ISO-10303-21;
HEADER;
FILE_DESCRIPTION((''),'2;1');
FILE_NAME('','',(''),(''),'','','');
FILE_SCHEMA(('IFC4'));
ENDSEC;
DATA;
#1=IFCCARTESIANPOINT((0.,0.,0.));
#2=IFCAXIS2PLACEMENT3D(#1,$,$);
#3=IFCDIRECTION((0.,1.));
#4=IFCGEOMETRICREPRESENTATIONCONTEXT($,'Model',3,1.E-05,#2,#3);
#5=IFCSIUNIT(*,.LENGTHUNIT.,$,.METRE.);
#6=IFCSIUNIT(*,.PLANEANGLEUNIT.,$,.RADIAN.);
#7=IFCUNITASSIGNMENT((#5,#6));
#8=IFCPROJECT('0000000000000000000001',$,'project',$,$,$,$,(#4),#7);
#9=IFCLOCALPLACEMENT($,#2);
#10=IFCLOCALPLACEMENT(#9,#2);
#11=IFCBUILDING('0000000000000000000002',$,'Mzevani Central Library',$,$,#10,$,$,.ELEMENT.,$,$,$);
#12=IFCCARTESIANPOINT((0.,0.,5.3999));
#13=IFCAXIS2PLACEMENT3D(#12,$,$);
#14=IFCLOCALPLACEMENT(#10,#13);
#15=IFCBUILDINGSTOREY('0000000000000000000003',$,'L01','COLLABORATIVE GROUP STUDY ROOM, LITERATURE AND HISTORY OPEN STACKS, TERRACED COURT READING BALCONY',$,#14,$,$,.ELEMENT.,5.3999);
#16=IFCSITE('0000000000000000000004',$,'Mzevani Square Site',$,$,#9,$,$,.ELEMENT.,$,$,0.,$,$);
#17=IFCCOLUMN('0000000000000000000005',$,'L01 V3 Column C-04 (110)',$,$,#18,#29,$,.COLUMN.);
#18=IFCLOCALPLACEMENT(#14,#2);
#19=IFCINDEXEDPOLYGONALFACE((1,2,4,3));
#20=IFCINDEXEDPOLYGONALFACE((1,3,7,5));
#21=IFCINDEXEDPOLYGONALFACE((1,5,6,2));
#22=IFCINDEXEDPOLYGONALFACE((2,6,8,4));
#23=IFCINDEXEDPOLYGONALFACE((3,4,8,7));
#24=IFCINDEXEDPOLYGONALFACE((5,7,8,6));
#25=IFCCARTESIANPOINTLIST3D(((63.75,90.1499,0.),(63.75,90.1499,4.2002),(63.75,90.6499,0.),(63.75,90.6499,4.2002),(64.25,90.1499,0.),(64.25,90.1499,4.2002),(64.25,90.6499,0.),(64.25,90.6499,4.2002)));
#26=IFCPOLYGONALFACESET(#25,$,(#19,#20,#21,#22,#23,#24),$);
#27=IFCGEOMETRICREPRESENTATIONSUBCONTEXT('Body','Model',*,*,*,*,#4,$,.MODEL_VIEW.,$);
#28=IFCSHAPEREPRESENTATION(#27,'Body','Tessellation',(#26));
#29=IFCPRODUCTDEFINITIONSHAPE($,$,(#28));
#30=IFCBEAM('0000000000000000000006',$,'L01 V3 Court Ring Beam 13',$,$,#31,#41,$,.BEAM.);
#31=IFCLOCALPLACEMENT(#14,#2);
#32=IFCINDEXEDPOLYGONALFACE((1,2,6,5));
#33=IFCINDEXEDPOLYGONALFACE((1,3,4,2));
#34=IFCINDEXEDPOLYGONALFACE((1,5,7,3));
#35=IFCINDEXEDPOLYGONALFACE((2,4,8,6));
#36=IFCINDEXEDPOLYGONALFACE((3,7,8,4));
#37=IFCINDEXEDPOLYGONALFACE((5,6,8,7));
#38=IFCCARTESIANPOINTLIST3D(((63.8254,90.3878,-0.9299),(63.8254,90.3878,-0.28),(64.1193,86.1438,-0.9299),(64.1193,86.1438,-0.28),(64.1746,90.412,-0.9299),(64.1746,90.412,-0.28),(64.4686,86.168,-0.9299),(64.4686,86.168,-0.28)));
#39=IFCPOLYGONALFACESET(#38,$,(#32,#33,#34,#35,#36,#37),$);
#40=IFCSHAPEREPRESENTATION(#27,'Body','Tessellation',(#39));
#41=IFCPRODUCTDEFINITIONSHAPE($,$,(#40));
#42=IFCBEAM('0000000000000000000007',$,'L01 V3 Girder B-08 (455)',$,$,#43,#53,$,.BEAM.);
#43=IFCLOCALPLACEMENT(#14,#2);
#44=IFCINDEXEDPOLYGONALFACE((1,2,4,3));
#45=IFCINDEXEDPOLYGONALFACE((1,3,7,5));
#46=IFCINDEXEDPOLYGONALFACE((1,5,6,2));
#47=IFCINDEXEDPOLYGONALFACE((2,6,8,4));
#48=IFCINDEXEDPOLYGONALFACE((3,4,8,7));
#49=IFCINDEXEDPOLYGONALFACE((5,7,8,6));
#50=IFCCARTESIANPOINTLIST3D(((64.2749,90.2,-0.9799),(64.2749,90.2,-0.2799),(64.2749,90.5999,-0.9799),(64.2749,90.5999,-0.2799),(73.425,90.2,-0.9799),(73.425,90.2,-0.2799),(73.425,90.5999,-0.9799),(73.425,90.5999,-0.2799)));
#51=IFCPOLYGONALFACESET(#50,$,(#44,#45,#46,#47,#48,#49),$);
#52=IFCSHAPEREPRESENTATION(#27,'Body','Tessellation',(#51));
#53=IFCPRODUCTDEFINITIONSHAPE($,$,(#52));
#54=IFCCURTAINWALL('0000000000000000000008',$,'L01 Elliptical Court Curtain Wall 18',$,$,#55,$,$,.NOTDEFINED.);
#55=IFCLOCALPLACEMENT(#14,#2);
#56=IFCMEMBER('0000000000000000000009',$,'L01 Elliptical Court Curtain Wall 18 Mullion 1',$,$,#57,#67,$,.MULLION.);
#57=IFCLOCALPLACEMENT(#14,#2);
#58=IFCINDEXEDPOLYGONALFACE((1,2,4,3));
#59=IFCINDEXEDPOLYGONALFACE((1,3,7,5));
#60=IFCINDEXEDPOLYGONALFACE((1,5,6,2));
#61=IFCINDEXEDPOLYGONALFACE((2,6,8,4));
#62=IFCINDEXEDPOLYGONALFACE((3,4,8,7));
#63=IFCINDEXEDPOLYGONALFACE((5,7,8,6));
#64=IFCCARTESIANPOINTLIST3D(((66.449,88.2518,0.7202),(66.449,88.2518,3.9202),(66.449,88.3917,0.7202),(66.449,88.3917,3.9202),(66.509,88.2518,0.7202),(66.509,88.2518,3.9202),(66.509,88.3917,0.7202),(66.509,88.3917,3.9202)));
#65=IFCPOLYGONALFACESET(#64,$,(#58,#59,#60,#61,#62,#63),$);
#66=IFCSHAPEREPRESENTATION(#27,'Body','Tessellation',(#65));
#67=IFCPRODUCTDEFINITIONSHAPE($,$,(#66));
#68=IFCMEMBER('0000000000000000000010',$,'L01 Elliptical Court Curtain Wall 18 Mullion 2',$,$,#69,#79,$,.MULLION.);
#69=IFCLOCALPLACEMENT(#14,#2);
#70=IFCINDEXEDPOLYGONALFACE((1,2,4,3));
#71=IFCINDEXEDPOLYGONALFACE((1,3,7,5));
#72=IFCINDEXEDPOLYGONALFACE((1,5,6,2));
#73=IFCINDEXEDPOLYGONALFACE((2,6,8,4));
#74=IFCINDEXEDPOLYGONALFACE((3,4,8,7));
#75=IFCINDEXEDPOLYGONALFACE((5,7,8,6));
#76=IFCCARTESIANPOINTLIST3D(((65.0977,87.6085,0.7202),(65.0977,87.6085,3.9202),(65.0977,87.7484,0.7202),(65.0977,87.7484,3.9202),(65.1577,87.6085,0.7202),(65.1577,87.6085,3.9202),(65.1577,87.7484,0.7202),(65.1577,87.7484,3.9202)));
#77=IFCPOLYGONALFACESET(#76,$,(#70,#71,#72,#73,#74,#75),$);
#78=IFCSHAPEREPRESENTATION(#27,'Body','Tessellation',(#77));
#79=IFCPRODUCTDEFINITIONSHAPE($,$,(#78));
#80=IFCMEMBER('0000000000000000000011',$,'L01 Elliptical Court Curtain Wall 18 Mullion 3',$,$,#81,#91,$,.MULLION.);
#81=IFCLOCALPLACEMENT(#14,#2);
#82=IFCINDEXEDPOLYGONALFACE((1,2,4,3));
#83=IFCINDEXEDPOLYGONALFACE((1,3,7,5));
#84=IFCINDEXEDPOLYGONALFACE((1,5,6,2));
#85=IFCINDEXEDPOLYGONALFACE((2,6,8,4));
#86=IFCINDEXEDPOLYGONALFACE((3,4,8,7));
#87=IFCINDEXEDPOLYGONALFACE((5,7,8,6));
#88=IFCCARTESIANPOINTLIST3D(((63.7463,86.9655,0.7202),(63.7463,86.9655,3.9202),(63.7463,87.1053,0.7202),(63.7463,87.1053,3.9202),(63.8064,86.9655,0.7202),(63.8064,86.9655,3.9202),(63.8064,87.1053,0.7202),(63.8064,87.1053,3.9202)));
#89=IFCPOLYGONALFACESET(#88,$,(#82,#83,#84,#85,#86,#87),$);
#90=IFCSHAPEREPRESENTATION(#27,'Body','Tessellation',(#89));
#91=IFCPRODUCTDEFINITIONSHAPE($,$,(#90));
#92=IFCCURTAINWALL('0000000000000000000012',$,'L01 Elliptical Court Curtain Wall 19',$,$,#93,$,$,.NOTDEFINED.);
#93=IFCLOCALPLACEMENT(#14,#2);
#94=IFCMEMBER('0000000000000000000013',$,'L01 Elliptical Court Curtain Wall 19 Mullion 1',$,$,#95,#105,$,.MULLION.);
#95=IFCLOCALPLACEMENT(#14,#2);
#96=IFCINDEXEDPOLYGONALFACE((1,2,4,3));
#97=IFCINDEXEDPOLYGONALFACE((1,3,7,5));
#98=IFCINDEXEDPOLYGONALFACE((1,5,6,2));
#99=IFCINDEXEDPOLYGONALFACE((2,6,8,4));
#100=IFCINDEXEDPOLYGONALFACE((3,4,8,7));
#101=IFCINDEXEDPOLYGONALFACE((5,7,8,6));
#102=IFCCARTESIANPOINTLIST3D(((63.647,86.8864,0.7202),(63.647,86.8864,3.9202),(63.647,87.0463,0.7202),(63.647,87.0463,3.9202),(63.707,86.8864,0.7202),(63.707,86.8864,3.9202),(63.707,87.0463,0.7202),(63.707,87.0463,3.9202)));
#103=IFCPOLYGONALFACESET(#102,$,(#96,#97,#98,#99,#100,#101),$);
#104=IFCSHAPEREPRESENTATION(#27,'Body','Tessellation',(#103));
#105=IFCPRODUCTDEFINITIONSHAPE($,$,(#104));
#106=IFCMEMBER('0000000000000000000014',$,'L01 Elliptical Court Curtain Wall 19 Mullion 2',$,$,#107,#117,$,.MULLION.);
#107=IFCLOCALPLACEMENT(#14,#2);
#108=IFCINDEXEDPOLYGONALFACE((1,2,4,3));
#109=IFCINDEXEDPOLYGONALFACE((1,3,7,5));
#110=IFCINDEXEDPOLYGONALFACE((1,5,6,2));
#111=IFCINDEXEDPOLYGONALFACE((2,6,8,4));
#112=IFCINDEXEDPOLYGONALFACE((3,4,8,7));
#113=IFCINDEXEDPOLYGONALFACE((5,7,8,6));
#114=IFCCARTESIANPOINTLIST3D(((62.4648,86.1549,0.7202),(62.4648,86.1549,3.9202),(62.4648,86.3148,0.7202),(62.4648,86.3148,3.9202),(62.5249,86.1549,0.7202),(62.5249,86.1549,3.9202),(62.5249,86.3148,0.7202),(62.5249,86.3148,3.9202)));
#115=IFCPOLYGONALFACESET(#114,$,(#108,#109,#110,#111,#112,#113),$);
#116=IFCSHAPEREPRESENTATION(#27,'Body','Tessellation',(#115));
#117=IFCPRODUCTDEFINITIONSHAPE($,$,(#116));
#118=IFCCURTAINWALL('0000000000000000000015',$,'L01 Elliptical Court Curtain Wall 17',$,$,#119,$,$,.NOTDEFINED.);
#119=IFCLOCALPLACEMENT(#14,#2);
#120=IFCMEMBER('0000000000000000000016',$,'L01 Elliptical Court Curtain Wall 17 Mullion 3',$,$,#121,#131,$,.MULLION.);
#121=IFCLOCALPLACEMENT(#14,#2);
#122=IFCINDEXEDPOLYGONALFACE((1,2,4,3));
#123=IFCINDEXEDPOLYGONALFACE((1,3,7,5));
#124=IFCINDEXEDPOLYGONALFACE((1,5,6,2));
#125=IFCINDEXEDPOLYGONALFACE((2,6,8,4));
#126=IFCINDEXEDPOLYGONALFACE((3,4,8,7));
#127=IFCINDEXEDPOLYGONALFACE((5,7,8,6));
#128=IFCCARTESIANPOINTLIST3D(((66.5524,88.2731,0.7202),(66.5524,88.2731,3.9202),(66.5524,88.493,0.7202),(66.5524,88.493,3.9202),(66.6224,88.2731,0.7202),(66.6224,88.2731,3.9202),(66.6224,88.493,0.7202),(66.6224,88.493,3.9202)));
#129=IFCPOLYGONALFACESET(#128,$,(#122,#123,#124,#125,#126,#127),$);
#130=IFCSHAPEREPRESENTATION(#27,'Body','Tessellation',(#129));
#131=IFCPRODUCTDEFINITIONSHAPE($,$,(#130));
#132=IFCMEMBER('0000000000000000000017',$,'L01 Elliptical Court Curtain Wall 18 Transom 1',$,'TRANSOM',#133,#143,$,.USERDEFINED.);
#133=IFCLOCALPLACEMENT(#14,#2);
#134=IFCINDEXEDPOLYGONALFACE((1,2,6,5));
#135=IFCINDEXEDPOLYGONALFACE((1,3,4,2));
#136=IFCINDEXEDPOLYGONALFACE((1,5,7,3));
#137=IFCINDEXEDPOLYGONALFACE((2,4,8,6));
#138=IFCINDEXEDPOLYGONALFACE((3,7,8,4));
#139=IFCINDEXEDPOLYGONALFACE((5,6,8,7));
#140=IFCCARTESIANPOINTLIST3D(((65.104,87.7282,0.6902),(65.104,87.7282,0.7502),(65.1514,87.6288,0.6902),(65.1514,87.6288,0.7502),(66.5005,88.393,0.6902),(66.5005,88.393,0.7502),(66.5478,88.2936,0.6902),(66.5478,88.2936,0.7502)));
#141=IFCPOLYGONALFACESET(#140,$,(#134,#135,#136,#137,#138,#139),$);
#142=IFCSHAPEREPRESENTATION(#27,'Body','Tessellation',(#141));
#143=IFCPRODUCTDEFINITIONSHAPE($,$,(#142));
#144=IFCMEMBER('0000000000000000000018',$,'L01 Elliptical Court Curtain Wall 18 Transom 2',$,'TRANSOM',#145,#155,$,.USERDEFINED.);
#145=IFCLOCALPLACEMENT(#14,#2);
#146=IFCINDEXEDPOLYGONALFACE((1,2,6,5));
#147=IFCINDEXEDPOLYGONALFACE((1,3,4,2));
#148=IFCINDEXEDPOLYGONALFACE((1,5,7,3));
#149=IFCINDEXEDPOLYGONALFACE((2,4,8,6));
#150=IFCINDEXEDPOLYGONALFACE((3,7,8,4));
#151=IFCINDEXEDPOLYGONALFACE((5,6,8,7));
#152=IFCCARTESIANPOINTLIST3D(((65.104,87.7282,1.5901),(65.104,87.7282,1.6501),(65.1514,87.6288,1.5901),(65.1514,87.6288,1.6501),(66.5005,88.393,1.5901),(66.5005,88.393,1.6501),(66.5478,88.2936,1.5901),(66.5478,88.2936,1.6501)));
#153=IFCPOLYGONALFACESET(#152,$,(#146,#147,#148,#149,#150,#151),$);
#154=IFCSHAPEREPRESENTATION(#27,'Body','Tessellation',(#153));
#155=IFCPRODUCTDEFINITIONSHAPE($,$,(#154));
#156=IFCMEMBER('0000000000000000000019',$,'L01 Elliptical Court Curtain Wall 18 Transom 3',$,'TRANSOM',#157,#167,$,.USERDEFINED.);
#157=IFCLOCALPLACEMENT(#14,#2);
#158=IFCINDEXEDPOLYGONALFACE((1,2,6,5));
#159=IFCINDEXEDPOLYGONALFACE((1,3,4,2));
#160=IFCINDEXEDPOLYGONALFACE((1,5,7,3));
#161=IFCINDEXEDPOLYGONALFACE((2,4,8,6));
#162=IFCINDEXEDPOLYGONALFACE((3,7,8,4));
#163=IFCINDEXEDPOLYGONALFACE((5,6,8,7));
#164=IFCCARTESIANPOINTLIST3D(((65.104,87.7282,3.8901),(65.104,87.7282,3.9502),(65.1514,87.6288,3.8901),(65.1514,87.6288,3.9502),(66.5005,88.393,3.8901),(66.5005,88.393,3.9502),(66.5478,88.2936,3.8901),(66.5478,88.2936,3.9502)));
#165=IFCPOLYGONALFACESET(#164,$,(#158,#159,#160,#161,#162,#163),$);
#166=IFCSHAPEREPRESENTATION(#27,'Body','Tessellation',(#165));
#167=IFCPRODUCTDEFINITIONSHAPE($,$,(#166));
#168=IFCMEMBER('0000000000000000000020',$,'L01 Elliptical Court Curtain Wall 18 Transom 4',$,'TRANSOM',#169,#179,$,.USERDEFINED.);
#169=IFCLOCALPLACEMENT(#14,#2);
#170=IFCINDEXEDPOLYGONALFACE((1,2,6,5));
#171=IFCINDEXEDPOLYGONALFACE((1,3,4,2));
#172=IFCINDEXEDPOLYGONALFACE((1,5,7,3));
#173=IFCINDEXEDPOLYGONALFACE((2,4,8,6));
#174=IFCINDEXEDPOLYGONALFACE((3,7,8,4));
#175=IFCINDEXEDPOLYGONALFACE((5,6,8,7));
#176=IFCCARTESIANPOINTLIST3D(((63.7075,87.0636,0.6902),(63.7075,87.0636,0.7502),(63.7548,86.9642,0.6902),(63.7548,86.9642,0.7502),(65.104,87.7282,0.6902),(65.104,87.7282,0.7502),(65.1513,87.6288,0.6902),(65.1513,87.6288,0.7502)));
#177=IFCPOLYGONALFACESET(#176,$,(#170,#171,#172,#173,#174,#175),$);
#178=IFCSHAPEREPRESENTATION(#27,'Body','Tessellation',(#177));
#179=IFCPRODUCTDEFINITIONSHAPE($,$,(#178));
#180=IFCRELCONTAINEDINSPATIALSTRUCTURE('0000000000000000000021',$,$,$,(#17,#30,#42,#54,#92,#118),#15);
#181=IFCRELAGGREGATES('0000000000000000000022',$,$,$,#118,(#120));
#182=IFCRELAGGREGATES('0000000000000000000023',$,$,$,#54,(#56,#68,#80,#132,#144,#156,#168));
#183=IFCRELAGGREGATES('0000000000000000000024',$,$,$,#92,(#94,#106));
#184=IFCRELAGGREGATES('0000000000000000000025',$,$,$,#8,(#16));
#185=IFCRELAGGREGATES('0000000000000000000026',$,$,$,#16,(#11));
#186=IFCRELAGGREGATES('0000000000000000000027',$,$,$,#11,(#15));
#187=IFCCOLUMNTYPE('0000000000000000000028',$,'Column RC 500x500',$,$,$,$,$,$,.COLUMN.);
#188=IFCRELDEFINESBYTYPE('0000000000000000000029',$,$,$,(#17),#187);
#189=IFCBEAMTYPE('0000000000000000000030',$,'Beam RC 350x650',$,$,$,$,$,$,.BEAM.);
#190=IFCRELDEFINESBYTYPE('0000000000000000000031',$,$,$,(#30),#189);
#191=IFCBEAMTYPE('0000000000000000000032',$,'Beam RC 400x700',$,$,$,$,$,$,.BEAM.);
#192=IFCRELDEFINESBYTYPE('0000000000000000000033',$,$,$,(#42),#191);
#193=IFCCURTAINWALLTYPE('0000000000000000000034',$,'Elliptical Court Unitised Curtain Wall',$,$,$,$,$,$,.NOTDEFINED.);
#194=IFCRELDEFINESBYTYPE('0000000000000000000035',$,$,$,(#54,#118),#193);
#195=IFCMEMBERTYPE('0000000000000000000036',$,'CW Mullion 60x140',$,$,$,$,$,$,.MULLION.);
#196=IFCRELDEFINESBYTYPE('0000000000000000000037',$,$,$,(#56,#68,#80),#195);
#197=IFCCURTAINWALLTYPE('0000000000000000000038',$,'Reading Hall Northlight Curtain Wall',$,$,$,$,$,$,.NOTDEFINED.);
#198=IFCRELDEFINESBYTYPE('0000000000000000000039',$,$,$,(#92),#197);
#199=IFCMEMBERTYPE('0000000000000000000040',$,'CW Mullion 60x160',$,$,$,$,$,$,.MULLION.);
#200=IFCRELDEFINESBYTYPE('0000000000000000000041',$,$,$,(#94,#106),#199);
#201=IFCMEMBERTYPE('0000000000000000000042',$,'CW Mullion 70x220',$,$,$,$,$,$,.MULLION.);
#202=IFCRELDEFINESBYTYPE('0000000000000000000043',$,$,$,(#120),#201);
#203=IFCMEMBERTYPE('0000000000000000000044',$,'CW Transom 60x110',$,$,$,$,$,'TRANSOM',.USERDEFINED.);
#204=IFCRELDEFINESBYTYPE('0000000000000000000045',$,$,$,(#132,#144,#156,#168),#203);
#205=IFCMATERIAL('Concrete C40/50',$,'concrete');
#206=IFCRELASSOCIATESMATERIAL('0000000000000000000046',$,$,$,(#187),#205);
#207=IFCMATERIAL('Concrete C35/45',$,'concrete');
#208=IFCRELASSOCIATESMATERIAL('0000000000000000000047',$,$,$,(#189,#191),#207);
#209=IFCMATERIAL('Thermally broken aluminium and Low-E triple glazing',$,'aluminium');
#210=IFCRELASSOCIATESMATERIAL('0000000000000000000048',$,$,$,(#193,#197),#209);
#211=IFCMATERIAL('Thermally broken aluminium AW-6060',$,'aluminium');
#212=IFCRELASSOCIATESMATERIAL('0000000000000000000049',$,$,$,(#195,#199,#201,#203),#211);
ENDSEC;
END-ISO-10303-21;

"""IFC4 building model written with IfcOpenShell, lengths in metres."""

from ifc_helpers import new_model, si_unit, direction, frame, origin, origin_2d, place, context, subcontext, project, spatial, rectangle, extrude, material, material_profile, profile_set, type_object, element, aggregate, save


model = new_model("IFC4")

# Units and contexts
model_context = context("Model", 3, precision=1e-05, world=origin(), true_north=direction((0.0, 1.0)))
body_context = subcontext(model_context, "Body", "Model", "MODEL_VIEW")
ifc_project = project(units=[si_unit("LENGTHUNIT", "METRE"), si_unit("PLANEANGLEUNIT", "RADIAN")], contexts=[model_context])

# Site, building, storey
site_placement = place(None, origin())
site = spatial("IfcSite", under=ifc_project, at=site_placement, Name="Mzevani Square Site", CompositionType="ELEMENT", RefElevation=0.0)
building_placement = place(site_placement, origin())
building = spatial("IfcBuilding", under=site, at=building_placement, Name="Mzevani Central Library", CompositionType="ELEMENT")
storey_placement = place(building_placement, frame((0.0, 0.0, 5.3999)))
storey = spatial("IfcBuildingStorey", under=building, at=storey_placement, Name="L01", Description="COLLABORATIVE GROUP STUDY ROOM, LITERATURE AND HISTORY OPEN STACKS, TERRACED COURT READING BALCONY", CompositionType="ELEMENT", Elevation=5.3999)

# Column
ifc_material_1 = material(Name="Concrete C40/50", Category="concrete")
ifc_material_profile_1 = material_profile(ifc_material_1, rectangle(XDim=0.5, YDim=0.5, at=origin_2d()), Name="RC 500x500")
ifc_profile_set_1 = profile_set([ifc_material_profile_1], Name="Concrete C40/50")
column_type = type_object("IfcColumnType", Name="Column RC 500x500", PredefinedType="COLUMN", material=ifc_profile_set_1)
column_placement = place(storey_placement, frame((64.0, 90.3999, 0.0), z_axis=(0.0, 0.0, 1.0), x_axis=(1.0, 0.0, 0.0)))
element("IfcColumn", 1, at=column_placement, inside=storey, type_object=column_type, Name="L01 V3 Column C-04 (110)", PredefinedType="COLUMN", context=body_context, shape_type="SweptSolid", body=[
    extrude(rectangle(XDim=0.5, YDim=0.5, at=origin_2d()), origin(), (0.0, 0.0, 1.0), 4.2002),
])

# Beams
ifc_material_2 = material(Name="Concrete C35/45", Category="concrete")
ifc_material_profile_2 = material_profile(ifc_material_2, rectangle(XDim=0.3501, YDim=0.6499, at=origin_2d()), Name="RC B350x650")
ifc_profile_set_2 = profile_set([ifc_material_profile_2], Name="Concrete C35/45")
beam_type_1 = type_object("IfcBeamType", Name="Beam RC 350x650", PredefinedType="BEAM", material=ifc_profile_set_2)
beam_1_placement = place(storey_placement, frame((64.0, 90.3999, -0.605), z_axis=(0.069098, -0.99761, 0.0), x_axis=(0.99761, 0.069098, 0.0)))
element("IfcBeam", 2, at=beam_1_placement, inside=storey, type_object=beam_type_1, Name="L01 V3 Court Ring Beam 13", PredefinedType="BEAM", context=body_context, shape_type="SweptSolid", body=[
    extrude(rectangle(XDim=0.3501, YDim=0.6499, at=origin_2d()), origin(), (0.0, 0.0, 1.0), 4.2542),
])
ifc_material_profile_3 = material_profile(ifc_material_2, rectangle(XDim=0.3999, YDim=0.7, at=origin_2d()), Name="RC B400x700")
ifc_profile_set_3 = profile_set([ifc_material_profile_3], Name="Concrete C35/45")
beam_type_2 = type_object("IfcBeamType", Name="Beam RC 400x700", PredefinedType="BEAM", material=ifc_profile_set_3)
beam_2_placement = place(storey_placement, frame((64.2749, 90.3999, -0.6299), z_axis=(1.0, 0.0, 0.0), x_axis=(0.0, 1.0, 0.0)))
element("IfcBeam", 3, at=beam_2_placement, inside=storey, type_object=beam_type_2, Name="L01 V3 Girder B-08 (455)", PredefinedType="BEAM", context=body_context, shape_type="SweptSolid", body=[
    extrude(rectangle(XDim=0.3999, YDim=0.7, at=origin_2d()), origin(), (0.0, 0.0, 1.0), 9.1501),
])

# Curtain walls, members
ifc_material_3 = material(Name="Thermally broken aluminium and Low-E triple glazing", Category="aluminium")
curtain_wall_type_1 = type_object("IfcCurtainWallType", Name="Elliptical Court Unitised Curtain Wall", PredefinedType="NOTDEFINED", material=ifc_material_3)
curtain_wall_1_placement = place(storey_placement, origin())
curtain_wall_1 = element("IfcCurtainWall", 4, at=curtain_wall_1_placement, inside=storey, type_object=curtain_wall_type_1, Name="L01 Elliptical Court Curtain Wall 18", PredefinedType="NOTDEFINED")
ifc_material_4 = material(Name="Thermally broken aluminium AW-6060", Category="aluminium")
ifc_material_profile_4 = material_profile(ifc_material_4, rectangle(XDim=0.0601, YDim=0.1399, at=origin_2d()), Name="ALU M60x140")
ifc_profile_set_4 = profile_set([ifc_material_profile_4], Name="Thermally broken aluminium AW-6060")
member_type_1 = type_object("IfcMemberType", Name="CW Mullion 60x140", PredefinedType="MULLION", material=ifc_profile_set_4)
member_1_placement = place(storey_placement, frame((66.479, 88.3218, 0.7202), z_axis=(0.0, 0.0, 1.0), x_axis=(1.0, 0.0, 0.0)))
member_1 = element("IfcMember", 5, at=member_1_placement, type_object=member_type_1, Name="L01 Elliptical Court Curtain Wall 18 Mullion 1", PredefinedType="MULLION", context=body_context, shape_type="SweptSolid", body=[
    extrude(rectangle(XDim=0.0601, YDim=0.1399, at=origin_2d()), origin(), (0.0, 0.0, 1.0), 3.2),
])
member_2_placement = place(storey_placement, frame((65.1277, 87.6785, 0.7202), z_axis=(0.0, 0.0, 1.0), x_axis=(1.0, 0.0, 0.0)))
member_2 = element("IfcMember", 6, at=member_2_placement, type_object=member_type_1, Name="L01 Elliptical Court Curtain Wall 18 Mullion 2", PredefinedType="MULLION", context=body_context, shape_type="SweptSolid", body=[
    extrude(rectangle(XDim=0.0601, YDim=0.1399, at=origin_2d()), origin(), (0.0, 0.0, 1.0), 3.2),
])
member_3_placement = place(storey_placement, frame((63.7764, 87.0354, 0.7202), z_axis=(0.0, 0.0, 1.0), x_axis=(1.0, 0.0, 0.0)))
member_3 = element("IfcMember", 7, at=member_3_placement, type_object=member_type_1, Name="L01 Elliptical Court Curtain Wall 18 Mullion 3", PredefinedType="MULLION", context=body_context, shape_type="SweptSolid", body=[
    extrude(rectangle(XDim=0.0601, YDim=0.1399, at=origin_2d()), origin(), (0.0, 0.0, 1.0), 3.2),
])
curtain_wall_type_2 = type_object("IfcCurtainWallType", Name="Reading Hall Northlight Curtain Wall", PredefinedType="NOTDEFINED", material=ifc_material_3)
curtain_wall_2_placement = place(storey_placement, origin())
curtain_wall_2 = element("IfcCurtainWall", 8, at=curtain_wall_2_placement, inside=storey, type_object=curtain_wall_type_2, Name="L01 Elliptical Court Curtain Wall 19", PredefinedType="NOTDEFINED")
ifc_material_profile_5 = material_profile(ifc_material_4, rectangle(XDim=0.0601, YDim=0.1599, at=origin_2d()), Name="ALU M60x160")
ifc_profile_set_5 = profile_set([ifc_material_profile_5], Name="Thermally broken aluminium AW-6060")
member_type_2 = type_object("IfcMemberType", Name="CW Mullion 60x160", PredefinedType="MULLION", material=ifc_profile_set_5)
member_4_placement = place(storey_placement, frame((63.677, 86.9663, 0.7202), z_axis=(0.0, 0.0, 1.0), x_axis=(1.0, 0.0, 0.0)))
member_4 = element("IfcMember", 9, at=member_4_placement, type_object=member_type_2, Name="L01 Elliptical Court Curtain Wall 19 Mullion 1", PredefinedType="MULLION", context=body_context, shape_type="SweptSolid", body=[
    extrude(rectangle(XDim=0.0601, YDim=0.1599, at=origin_2d()), origin(), (0.0, 0.0, 1.0), 3.2),
])
member_5_placement = place(storey_placement, frame((62.4949, 86.2349, 0.7202), z_axis=(0.0, 0.0, 1.0), x_axis=(1.0, 0.0, 0.0)))
member_5 = element("IfcMember", 10, at=member_5_placement, type_object=member_type_2, Name="L01 Elliptical Court Curtain Wall 19 Mullion 2", PredefinedType="MULLION", context=body_context, shape_type="SweptSolid", body=[
    extrude(rectangle(XDim=0.0601, YDim=0.1599, at=origin_2d()), origin(), (0.0, 0.0, 1.0), 3.2),
])

# Curtain wall, member
curtain_wall_3_placement = place(storey_placement, origin())
curtain_wall_3 = element("IfcCurtainWall", 11, at=curtain_wall_3_placement, inside=storey, type_object=curtain_wall_type_1, Name="L01 Elliptical Court Curtain Wall 17", PredefinedType="NOTDEFINED")
ifc_material_profile_6 = material_profile(ifc_material_4, rectangle(XDim=0.0701, YDim=0.22, at=origin_2d()), Name="ALU M70x220")
ifc_profile_set_6 = profile_set([ifc_material_profile_6], Name="Thermally broken aluminium AW-6060")
member_type_3 = type_object("IfcMemberType", Name="CW Mullion 70x220", PredefinedType="MULLION", material=ifc_profile_set_6)
member_6_placement = place(storey_placement, frame((66.5874, 88.3831, 0.7202), z_axis=(0.0, 0.0, 1.0), x_axis=(1.0, 0.0, 0.0)))
member_6 = element("IfcMember", 12, at=member_6_placement, type_object=member_type_3, Name="L01 Elliptical Court Curtain Wall 17 Mullion 3", PredefinedType="MULLION", context=body_context, shape_type="SweptSolid", body=[
    extrude(rectangle(XDim=0.0701, YDim=0.22, at=origin_2d()), origin(), (0.0, 0.0, 1.0), 3.2),
])

# Members
ifc_material_profile_7 = material_profile(ifc_material_4, rectangle(XDim=0.1101, YDim=0.0601, at=origin_2d()), Name="ALU T60x110")
ifc_profile_set_7 = profile_set([ifc_material_profile_7], Name="Thermally broken aluminium AW-6060")
member_type_4 = type_object("IfcMemberType", Name="CW Transom 60x110", ElementType="TRANSOM", PredefinedType="USERDEFINED", material=ifc_profile_set_7)
member_7_placement = place(storey_placement, frame((66.5242, 88.3433, 0.7202), z_axis=(-0.90291, -0.429829, 0.0), x_axis=(0.429829, -0.90291, 0.0)))
member_7 = element("IfcMember", 13, at=member_7_placement, type_object=member_type_4, Name="L01 Elliptical Court Curtain Wall 18 Transom 1", ObjectType="TRANSOM", PredefinedType="USERDEFINED", context=body_context, shape_type="SweptSolid", body=[
    extrude(rectangle(XDim=0.1101, YDim=0.0601, at=origin_2d()), origin(), (0.0, 0.0, 1.0), 1.5466),
])
member_8_placement = place(storey_placement, frame((66.5242, 88.3433, 1.6201), z_axis=(-0.90291, -0.429829, 0.0), x_axis=(0.429829, -0.90291, 0.0)))
member_8 = element("IfcMember", 14, at=member_8_placement, type_object=member_type_4, Name="L01 Elliptical Court Curtain Wall 18 Transom 2", ObjectType="TRANSOM", PredefinedType="USERDEFINED", context=body_context, shape_type="SweptSolid", body=[
    extrude(rectangle(XDim=0.1101, YDim=0.0601, at=origin_2d()), origin(), (0.0, 0.0, 1.0), 1.5466),
])
member_9_placement = place(storey_placement, frame((66.5242, 88.3433, 3.9202), z_axis=(-0.90291, -0.429829, 0.0), x_axis=(0.429829, -0.90291, 0.0)))
member_9 = element("IfcMember", 15, at=member_9_placement, type_object=member_type_4, Name="L01 Elliptical Court Curtain Wall 18 Transom 3", ObjectType="TRANSOM", PredefinedType="USERDEFINED", context=body_context, shape_type="SweptSolid", body=[
    extrude(rectangle(XDim=0.1101, YDim=0.0601, at=origin_2d()), origin(), (0.0, 0.0, 1.0), 1.5466),
])
member_10_placement = place(storey_placement, frame((65.1277, 87.6785, 0.7202), z_axis=(-0.902971, -0.429701, 0.0), x_axis=(0.429701, -0.902971, 0.0)))
member_10 = element("IfcMember", 16, at=member_10_placement, type_object=member_type_4, Name="L01 Elliptical Court Curtain Wall 18 Transom 4", ObjectType="TRANSOM", PredefinedType="USERDEFINED", context=body_context, shape_type="SweptSolid", body=[
    extrude(rectangle(XDim=0.1101, YDim=0.0601, at=origin_2d()), origin(), (0.0, 0.0, 1.0), 1.5466),
])

aggregate(curtain_wall_3, [member_6])
aggregate(curtain_wall_1, [member_1, member_2, member_3, member_7, member_8, member_9, member_10])
aggregate(curtain_wall_2, [member_4, member_5])

save(model, "model.ifc")
